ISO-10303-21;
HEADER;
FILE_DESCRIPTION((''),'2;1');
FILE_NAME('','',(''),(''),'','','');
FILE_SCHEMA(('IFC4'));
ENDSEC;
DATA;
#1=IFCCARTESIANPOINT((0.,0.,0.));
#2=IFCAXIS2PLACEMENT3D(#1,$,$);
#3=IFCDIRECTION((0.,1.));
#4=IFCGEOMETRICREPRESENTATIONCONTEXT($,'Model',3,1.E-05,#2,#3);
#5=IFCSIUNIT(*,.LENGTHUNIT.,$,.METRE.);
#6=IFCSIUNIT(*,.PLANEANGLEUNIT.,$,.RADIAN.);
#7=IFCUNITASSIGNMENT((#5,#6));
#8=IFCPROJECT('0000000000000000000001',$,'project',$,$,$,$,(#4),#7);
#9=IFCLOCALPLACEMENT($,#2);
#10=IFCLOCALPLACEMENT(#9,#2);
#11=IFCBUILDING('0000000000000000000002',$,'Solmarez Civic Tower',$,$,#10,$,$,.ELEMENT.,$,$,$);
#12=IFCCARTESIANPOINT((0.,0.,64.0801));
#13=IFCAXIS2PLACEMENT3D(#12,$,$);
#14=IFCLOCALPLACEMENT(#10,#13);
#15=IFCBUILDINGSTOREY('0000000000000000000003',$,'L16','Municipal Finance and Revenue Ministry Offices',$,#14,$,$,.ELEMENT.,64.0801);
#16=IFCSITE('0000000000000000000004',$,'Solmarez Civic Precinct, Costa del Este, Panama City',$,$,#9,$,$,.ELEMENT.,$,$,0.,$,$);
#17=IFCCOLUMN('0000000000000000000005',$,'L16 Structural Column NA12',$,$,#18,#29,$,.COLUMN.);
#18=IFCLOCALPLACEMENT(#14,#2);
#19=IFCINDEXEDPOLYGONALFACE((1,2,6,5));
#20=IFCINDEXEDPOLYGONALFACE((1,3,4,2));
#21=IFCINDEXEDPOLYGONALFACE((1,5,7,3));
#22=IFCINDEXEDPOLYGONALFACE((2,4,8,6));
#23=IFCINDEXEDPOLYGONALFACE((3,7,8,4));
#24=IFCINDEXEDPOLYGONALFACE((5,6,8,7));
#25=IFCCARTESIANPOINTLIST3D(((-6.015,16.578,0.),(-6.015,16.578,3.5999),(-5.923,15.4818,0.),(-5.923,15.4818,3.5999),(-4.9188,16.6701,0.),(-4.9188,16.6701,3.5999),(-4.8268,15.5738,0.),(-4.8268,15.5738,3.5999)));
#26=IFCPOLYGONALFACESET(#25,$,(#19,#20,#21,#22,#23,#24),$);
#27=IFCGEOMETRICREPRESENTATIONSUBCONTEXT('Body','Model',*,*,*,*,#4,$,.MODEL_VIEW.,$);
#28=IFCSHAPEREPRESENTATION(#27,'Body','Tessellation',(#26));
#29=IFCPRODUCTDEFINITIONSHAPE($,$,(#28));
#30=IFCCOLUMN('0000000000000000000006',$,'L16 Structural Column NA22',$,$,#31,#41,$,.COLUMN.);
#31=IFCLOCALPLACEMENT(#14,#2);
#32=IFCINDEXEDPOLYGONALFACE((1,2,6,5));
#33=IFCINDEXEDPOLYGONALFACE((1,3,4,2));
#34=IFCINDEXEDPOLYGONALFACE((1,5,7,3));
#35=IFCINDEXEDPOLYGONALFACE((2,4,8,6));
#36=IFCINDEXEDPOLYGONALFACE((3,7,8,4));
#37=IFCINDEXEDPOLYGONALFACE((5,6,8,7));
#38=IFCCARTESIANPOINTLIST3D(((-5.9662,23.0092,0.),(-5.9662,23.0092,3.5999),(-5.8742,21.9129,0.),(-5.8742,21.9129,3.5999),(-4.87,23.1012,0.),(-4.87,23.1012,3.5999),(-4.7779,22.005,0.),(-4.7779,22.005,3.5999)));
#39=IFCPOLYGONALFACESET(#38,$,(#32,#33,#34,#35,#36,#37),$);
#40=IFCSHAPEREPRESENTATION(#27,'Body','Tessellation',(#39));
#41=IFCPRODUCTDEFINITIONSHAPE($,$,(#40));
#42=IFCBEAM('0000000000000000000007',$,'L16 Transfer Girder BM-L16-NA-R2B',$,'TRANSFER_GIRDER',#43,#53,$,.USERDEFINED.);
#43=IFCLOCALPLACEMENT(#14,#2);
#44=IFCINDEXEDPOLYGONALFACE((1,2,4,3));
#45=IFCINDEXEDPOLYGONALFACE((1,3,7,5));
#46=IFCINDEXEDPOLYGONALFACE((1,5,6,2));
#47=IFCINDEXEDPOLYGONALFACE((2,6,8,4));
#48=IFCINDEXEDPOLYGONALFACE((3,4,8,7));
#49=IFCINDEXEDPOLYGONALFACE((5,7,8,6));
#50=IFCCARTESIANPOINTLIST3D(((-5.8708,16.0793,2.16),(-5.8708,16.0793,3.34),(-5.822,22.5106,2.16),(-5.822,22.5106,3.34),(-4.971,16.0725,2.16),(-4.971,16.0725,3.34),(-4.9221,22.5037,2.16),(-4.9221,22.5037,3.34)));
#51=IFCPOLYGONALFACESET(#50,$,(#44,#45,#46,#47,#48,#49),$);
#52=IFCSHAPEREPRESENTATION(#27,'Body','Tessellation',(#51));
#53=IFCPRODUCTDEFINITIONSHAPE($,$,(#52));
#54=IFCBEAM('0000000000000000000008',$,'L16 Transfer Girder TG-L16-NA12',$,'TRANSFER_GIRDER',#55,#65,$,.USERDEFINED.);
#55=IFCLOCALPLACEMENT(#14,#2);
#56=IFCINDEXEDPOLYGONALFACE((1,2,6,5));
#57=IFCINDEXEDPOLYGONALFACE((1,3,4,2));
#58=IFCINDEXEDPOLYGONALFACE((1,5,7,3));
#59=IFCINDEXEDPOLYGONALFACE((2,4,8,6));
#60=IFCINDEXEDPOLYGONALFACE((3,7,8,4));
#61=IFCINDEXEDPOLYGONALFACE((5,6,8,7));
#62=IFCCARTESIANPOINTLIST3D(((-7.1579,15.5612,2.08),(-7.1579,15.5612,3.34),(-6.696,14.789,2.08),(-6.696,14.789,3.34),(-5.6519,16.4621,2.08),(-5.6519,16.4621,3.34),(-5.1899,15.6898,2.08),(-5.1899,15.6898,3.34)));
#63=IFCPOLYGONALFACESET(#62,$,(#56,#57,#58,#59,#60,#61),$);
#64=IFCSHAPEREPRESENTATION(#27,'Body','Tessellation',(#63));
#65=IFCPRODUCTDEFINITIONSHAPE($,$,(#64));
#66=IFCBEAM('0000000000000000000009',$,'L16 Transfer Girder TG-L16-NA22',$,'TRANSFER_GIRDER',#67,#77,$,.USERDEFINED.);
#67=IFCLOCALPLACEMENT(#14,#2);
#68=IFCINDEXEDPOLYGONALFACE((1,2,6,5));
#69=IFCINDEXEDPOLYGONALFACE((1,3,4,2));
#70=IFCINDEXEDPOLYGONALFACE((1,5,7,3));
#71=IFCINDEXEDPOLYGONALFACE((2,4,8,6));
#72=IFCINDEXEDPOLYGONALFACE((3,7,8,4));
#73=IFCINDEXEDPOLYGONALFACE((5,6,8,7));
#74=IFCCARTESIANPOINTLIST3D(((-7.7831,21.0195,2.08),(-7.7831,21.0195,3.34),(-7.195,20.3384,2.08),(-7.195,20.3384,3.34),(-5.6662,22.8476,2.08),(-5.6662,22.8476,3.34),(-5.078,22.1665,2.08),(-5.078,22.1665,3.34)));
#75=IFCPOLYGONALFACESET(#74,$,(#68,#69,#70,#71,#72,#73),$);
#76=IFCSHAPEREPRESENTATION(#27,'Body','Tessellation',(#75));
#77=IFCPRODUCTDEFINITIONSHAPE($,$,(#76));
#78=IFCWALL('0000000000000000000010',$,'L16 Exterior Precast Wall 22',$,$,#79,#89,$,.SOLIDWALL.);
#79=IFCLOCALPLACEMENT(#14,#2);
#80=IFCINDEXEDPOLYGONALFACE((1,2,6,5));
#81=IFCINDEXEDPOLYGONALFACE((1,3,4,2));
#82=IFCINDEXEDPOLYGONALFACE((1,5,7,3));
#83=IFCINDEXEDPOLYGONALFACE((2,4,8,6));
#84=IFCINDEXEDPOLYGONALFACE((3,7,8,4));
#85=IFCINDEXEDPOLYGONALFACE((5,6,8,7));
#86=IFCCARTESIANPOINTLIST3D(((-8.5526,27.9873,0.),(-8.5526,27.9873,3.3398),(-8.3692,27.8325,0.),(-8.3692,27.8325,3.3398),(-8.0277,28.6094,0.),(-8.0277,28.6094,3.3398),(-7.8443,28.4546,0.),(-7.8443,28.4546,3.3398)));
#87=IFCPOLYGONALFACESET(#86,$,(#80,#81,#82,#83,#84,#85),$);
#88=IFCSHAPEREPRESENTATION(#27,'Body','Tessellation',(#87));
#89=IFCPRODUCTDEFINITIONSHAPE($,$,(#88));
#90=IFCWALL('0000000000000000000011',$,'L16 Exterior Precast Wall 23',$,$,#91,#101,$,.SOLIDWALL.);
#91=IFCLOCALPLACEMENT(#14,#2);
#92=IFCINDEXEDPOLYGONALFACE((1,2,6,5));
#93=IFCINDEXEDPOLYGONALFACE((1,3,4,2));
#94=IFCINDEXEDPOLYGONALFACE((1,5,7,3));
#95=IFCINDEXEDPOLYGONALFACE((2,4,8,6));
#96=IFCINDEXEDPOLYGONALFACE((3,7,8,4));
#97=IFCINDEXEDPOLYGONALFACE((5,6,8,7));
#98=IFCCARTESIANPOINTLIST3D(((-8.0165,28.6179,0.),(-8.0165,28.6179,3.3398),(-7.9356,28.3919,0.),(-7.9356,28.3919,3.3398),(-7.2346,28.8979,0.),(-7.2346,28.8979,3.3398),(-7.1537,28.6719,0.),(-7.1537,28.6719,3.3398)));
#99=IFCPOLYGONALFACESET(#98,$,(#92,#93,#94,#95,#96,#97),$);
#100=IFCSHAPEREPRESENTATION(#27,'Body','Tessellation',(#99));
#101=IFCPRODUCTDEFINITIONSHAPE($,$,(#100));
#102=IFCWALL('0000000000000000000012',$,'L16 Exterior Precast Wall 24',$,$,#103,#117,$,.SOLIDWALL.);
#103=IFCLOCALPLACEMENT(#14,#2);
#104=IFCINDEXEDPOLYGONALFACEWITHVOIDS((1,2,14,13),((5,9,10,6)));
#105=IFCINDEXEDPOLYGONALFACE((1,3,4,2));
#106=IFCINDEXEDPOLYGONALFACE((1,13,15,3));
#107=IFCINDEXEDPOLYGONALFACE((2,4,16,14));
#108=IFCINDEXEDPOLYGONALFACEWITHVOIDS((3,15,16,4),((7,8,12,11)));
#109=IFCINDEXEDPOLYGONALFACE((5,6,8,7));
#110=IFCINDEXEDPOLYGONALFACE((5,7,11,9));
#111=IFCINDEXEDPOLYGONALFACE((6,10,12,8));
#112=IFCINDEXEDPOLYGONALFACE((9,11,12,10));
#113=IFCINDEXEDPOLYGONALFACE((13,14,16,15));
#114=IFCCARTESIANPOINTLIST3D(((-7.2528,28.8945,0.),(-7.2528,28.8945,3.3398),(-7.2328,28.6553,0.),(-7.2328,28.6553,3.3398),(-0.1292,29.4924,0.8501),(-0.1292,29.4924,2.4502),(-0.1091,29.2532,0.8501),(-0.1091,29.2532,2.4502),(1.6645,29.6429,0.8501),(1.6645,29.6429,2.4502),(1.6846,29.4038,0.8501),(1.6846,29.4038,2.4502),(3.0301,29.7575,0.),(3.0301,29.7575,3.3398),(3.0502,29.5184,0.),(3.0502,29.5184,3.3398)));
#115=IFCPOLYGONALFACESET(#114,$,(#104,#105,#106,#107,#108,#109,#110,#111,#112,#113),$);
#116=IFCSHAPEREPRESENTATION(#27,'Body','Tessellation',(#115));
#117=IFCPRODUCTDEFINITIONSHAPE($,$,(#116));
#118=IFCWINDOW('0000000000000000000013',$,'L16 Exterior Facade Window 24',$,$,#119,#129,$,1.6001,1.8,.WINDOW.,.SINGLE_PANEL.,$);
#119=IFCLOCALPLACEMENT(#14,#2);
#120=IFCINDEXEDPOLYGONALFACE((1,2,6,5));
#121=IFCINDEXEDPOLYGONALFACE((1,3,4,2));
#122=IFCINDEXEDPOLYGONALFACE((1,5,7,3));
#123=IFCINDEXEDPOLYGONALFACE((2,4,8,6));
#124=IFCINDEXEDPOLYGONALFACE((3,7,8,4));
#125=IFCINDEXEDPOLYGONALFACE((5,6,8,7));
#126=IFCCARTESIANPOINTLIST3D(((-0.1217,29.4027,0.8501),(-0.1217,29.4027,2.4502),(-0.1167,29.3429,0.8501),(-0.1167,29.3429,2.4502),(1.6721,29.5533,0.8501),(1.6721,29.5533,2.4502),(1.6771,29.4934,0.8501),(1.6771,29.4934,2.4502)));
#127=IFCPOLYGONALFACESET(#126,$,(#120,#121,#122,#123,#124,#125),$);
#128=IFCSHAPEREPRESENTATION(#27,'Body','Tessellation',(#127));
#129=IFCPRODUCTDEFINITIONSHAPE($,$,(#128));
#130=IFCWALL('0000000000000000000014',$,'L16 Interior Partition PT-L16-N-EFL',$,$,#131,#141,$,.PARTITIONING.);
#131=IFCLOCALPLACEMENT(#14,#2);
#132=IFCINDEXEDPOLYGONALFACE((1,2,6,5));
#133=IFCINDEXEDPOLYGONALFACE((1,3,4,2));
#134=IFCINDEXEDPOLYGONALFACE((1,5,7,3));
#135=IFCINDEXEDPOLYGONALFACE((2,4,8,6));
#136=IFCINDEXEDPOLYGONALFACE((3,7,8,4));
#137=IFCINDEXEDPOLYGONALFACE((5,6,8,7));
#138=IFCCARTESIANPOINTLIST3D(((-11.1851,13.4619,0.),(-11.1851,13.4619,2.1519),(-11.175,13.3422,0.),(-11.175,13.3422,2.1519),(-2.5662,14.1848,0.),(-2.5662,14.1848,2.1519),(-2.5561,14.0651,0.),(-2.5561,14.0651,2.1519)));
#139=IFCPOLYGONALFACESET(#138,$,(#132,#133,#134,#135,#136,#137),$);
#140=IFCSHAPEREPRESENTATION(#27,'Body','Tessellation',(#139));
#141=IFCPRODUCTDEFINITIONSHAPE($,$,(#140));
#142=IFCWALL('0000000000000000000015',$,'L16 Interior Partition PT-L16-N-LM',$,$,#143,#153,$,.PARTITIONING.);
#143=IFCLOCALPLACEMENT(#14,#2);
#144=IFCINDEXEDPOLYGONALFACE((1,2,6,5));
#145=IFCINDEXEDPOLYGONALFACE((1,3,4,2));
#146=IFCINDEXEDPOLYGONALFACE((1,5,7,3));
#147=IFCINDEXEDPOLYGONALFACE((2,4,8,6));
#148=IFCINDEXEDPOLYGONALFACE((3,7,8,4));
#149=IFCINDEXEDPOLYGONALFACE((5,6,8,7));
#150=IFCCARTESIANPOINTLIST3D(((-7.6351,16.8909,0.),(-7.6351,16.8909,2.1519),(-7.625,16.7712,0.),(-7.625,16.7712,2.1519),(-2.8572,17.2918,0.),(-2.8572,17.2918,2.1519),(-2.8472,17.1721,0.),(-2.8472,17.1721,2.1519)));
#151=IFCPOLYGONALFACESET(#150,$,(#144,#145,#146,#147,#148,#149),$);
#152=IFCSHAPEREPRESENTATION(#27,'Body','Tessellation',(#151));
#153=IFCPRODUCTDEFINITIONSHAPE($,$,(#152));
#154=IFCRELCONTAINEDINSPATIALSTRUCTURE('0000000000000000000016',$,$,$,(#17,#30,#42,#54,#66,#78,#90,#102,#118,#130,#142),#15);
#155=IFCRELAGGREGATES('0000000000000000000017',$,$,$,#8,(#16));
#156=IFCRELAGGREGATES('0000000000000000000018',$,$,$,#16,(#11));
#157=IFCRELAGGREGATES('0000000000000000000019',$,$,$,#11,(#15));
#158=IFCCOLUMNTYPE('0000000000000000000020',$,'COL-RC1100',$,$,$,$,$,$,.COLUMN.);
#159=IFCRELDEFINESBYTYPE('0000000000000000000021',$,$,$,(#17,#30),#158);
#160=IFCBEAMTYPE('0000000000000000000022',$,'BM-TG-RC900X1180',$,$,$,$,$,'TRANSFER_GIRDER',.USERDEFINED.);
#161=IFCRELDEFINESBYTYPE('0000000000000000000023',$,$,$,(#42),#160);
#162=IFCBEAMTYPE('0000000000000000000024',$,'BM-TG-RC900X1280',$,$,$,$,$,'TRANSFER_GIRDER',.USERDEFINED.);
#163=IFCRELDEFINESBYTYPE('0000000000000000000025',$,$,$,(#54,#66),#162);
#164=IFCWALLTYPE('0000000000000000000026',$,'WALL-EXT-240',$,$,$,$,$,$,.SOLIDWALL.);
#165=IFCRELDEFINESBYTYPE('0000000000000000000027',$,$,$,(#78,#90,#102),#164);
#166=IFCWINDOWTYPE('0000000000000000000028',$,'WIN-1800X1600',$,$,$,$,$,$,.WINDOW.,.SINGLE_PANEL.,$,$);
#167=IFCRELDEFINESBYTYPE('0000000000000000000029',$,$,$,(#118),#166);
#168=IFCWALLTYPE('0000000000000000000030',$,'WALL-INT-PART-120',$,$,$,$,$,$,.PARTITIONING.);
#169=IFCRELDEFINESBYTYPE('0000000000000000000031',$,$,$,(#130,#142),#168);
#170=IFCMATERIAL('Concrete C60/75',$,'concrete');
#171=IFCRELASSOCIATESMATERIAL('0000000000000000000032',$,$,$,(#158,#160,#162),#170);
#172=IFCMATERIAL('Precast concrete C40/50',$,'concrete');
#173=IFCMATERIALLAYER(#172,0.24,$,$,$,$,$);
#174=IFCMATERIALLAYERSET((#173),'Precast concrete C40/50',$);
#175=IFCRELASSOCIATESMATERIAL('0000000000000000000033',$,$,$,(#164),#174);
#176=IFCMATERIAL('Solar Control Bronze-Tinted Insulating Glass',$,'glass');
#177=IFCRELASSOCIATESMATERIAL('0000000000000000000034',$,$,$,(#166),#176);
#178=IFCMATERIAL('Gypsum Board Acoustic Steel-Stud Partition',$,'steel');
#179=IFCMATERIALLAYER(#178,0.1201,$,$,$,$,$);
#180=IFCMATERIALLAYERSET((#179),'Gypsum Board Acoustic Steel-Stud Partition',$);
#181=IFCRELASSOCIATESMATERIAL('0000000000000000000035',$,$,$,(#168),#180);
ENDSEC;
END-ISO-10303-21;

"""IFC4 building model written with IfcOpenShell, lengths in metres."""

from ifc_helpers import new_model, si_unit, direction, frame, frame_2d, origin, origin_2d, place, context, subcontext, project, spatial, rectangle, extrude, material, layer, layer_set, material_profile, profile_set, type_object, element, fill, save


model = new_model("IFC4")

# Units and contexts
model_context = context("Model", 3, precision=1e-05, world=origin(), true_north=direction((0.0, 1.0)))
body_context = subcontext(model_context, "Body", "Model", "MODEL_VIEW")
ifc_project = project(units=[si_unit("LENGTHUNIT", "METRE"), si_unit("PLANEANGLEUNIT", "RADIAN")], contexts=[model_context])

# Site, building, storey
site_placement = place(None, origin())
site = spatial("IfcSite", under=ifc_project, at=site_placement, Name="Solmarez Civic Precinct, Costa del Este, Panama City", CompositionType="ELEMENT", RefElevation=0.0)
building_placement = place(site_placement, origin())
building = spatial("IfcBuilding", under=site, at=building_placement, Name="Solmarez Civic Tower", CompositionType="ELEMENT")
storey_placement = place(building_placement, frame((0.0, 0.0, 64.0801)))
storey = spatial("IfcBuildingStorey", under=building, at=storey_placement, Name="L16", Description="Municipal Finance and Revenue Ministry Offices", CompositionType="ELEMENT", Elevation=64.0801)

# Columns
ifc_material_1 = material(Name="Concrete C60/75", Category="concrete")
ifc_material_profile_1 = material_profile(ifc_material_1, rectangle(XDim=1.1001, YDim=1.1001, at=origin_2d()), Name="RC1100X1100")
ifc_profile_set_1 = profile_set([ifc_material_profile_1], Name="Concrete C60/75")
column_type = type_object("IfcColumnType", Name="COL-RC1100", PredefinedType="COLUMN", material=ifc_profile_set_1)
for number, where, z_axis, x_axis, name in (
    (1, (-5.4209, 16.0759, 0.0), (0.0, 0.0, 1.0), (0.996493, 0.083678, 0.0), "L16 Structural Column NA12"),
    (2, (-5.3721, 22.5071, 0.0), (0.0, 0.0, 1.0), (0.996493, 0.083678, 0.0), "L16 Structural Column NA22"),
):
    element("IfcColumn", number, at=place(storey_placement, frame(where, z_axis=z_axis, x_axis=x_axis)), inside=storey, type_object=column_type, Name=name, PredefinedType="COLUMN", context=body_context, shape_type="SweptSolid", body=[
        extrude(rectangle(XDim=1.1001, YDim=1.1001, at=origin_2d()), origin(), (0.0, 0.0, 1.0), 3.5999),
    ])

# Beams
ifc_material_profile_2 = material_profile(ifc_material_1, rectangle(XDim=0.8999, YDim=1.1799, at=origin_2d()), Name="RC900X1180")
ifc_profile_set_2 = profile_set([ifc_material_profile_2], Name="Concrete C60/75")
beam_type_1 = type_object("IfcBeamType", Name="BM-TG-RC900X1180", ElementType="TRANSFER_GIRDER", PredefinedType="USERDEFINED", material=ifc_profile_set_2)
beam_1_placement = place(storey_placement, frame((-5.4209, 16.0759, 2.75), z_axis=(0.007592, 0.999971, 0.0), x_axis=(-0.999971, 0.007592, 0.0)))
element("IfcBeam", 3, at=beam_1_placement, inside=storey, type_object=beam_type_1, Name="L16 Transfer Girder BM-L16-NA-R2B", ObjectType="TRANSFER_GIRDER", PredefinedType="USERDEFINED", context=body_context, shape_type="SweptSolid", body=[
    extrude(rectangle(XDim=0.8999, YDim=1.1799, at=origin_2d()), origin(), (0.0, 0.0, 1.0), 6.4314),
])
ifc_material_profile_3 = material_profile(ifc_material_1, rectangle(XDim=0.8999, YDim=1.26, at=origin_2d()), Name="RC900X1280")
ifc_profile_set_3 = profile_set([ifc_material_profile_3], Name="Concrete C60/75")
beam_type_2 = type_object("IfcBeamType", Name="BM-TG-RC900X1280", ElementType="TRANSFER_GIRDER", PredefinedType="USERDEFINED", material=ifc_profile_set_3)
beam_2_placement = place(storey_placement, frame((-5.4209, 16.0759, 2.71), z_axis=(-0.858192, -0.513329, 0.0), x_axis=(0.513329, -0.858192, 0.0)))
element("IfcBeam", 4, at=beam_2_placement, inside=storey, type_object=beam_type_2, Name="L16 Transfer Girder TG-L16-NA12", ObjectType="TRANSFER_GIRDER", PredefinedType="USERDEFINED", context=body_context, shape_type="SweptSolid", body=[
    extrude(rectangle(XDim=0.8999, YDim=1.26, at=origin_2d()), origin(), (0.0, 0.0, 1.0), 1.7549),
])
beam_3_placement = place(storey_placement, frame((-5.3721, 22.5071, 2.71), z_axis=(-0.756849, -0.65359, 0.0), x_axis=(0.65359, -0.756849, 0.0)))
element("IfcBeam", 5, at=beam_3_placement, inside=storey, type_object=beam_type_2, Name="L16 Transfer Girder TG-L16-NA22", ObjectType="TRANSFER_GIRDER", PredefinedType="USERDEFINED", context=body_context, shape_type="SweptSolid", body=[
    extrude(rectangle(XDim=0.8999, YDim=1.26, at=origin_2d()), origin(), (0.0, 0.0, 1.0), 2.7971),
])

# Walls
ifc_material_2 = material(Name="Precast concrete C40/50", Category="concrete")
ifc_layer_1 = layer(ifc_material_2, 0.24)
ifc_layer_set_1 = layer_set([ifc_layer_1], Name="Precast concrete C40/50")
wall_type_1 = type_object("IfcWallType", Name="WALL-EXT-240", PredefinedType="SOLIDWALL", material=ifc_layer_set_1)
wall_1_placement = place(storey_placement, frame((-8.4609, 27.9099, 0.0), z_axis=(0.0, 0.0, 1.0), x_axis=(0.644893, 0.764273, 0.0)))
element("IfcWall", 6, at=wall_1_placement, inside=storey, type_object=wall_type_1, Name="L16 Exterior Precast Wall 22", PredefinedType="SOLIDWALL", context=body_context, shape_type="SweptSolid", body=[
    extrude(rectangle(XDim=0.814, YDim=0.24, at=frame_2d((0.407, 0.0))), origin(), (0.0, 0.0, 1.0), 3.3398),
])
wall_2_placement = place(storey_placement, frame((-7.9761, 28.5049, 0.0), z_axis=(0.0, 0.0, 1.0), x_axis=(0.941456, 0.337137, 0.0)))
element("IfcWall", 7, at=wall_2_placement, inside=storey, type_object=wall_type_1, Name="L16 Exterior Precast Wall 23", PredefinedType="SOLIDWALL", context=body_context, shape_type="SweptSolid", body=[
    extrude(rectangle(XDim=0.8306, YDim=0.24, at=frame_2d((0.4153, 0.0))), origin(), (0.0, 0.0, 1.0), 3.3398),
])

# Wall, opening, window
wall_3_placement = place(storey_placement, frame((-7.2429, 28.7749, 0.0), z_axis=(0.0, 0.0, 1.0), x_axis=(0.996496, 0.083635, 0.0)))
wall_3 = element("IfcWall", 8, at=wall_3_placement, inside=storey, type_object=wall_type_1, Name="L16 Exterior Precast Wall 24", PredefinedType="SOLIDWALL", context=body_context, shape_type="SweptSolid", body=[
    extrude(rectangle(XDim=10.3191, YDim=0.24, at=frame_2d((5.1597, 0.0))), origin(), (0.0, 0.0, 1.0), 3.3398),
])
opening_1_placement = place(wall_3_placement, frame((7.1489, 0.0, 0.8501)))
opening_1 = element("IfcOpeningElement", 9, at=opening_1_placement, cuts=wall_3, PredefinedType="OPENING", context=body_context, shape_type="SweptSolid", body=[
    extrude(rectangle(XDim=1.8, YDim=1.6001, at=frame_2d((0.8999, 0.8))), frame((0.0, 0.1299, 0.0), z_axis=(0.0, -1.0, 0.0), x_axis=(1.0, 0.0, 0.0)), (0.0, 0.0, 1.0), 0.26),
])
ifc_material_3 = material(Name="Solar Control Bronze-Tinted Insulating Glass", Category="glass")
window_type = type_object("IfcWindowType", Name="WIN-1800X1600", PartitioningType="SINGLE_PANEL", PredefinedType="WINDOW", material=ifc_material_3)
window_placement = place(opening_1_placement, origin())
window = element("IfcWindow", 10, at=window_placement, inside=storey, type_object=window_type, Name="L16 Exterior Facade Window 24", OverallHeight=1.6001, OverallWidth=1.8, PartitioningType="SINGLE_PANEL", PredefinedType="WINDOW", context=body_context, shape_type="SweptSolid", body=[
    extrude(rectangle(XDim=1.8, YDim=1.6001, at=frame_2d((0.8999, 0.8))), frame((0.0, 0.03, 0.0), z_axis=(0.0, -1.0, 0.0), x_axis=(1.0, 0.0, 0.0)), (0.0, 0.0, 1.0), 0.0601),
])
fill(opening_1, window)

# Walls
ifc_material_4 = material(Name="Gypsum Board Acoustic Steel-Stud Partition", Category="steel")
ifc_layer_2 = layer(ifc_material_4, 0.1201)
ifc_layer_set_2 = layer_set([ifc_layer_2], Name="Gypsum Board Acoustic Steel-Stud Partition")
wall_type_2 = type_object("IfcWallType", Name="WALL-INT-PART-120", PredefinedType="PARTITIONING", material=ifc_layer_set_2)
wall_4_placement = place(storey_placement, frame((-2.561, 14.125, 0.0), z_axis=(0.0, 0.0, 1.0), x_axis=(-0.996501, -0.08358, 0.0)))
element("IfcWall", 11, at=wall_4_placement, inside=storey, type_object=wall_type_2, Name="L16 Interior Partition PT-L16-N-EFL", PredefinedType="PARTITIONING", context=body_context, shape_type="SweptSolid", body=[
    extrude(rectangle(XDim=8.6492, YDim=0.1201, at=frame_2d((4.3247, 0.0))), origin(), (0.0, 0.0, 1.0), 2.1519),
])
wall_5_placement = place(storey_placement, frame((-2.8521, 17.2319, 0.0), z_axis=(0.0, 0.0, 1.0), x_axis=(-0.996499, -0.08361, 0.0)))
element("IfcWall", 12, at=wall_5_placement, inside=storey, type_object=wall_type_2, Name="L16 Interior Partition PT-L16-N-LM", PredefinedType="PARTITIONING", context=body_context, shape_type="SweptSolid", body=[
    extrude(rectangle(XDim=4.7947, YDim=0.1201, at=frame_2d((2.3975, 0.0))), origin(), (0.0, 0.0, 1.0), 2.1519),
])

save(model, "model.ifc")
